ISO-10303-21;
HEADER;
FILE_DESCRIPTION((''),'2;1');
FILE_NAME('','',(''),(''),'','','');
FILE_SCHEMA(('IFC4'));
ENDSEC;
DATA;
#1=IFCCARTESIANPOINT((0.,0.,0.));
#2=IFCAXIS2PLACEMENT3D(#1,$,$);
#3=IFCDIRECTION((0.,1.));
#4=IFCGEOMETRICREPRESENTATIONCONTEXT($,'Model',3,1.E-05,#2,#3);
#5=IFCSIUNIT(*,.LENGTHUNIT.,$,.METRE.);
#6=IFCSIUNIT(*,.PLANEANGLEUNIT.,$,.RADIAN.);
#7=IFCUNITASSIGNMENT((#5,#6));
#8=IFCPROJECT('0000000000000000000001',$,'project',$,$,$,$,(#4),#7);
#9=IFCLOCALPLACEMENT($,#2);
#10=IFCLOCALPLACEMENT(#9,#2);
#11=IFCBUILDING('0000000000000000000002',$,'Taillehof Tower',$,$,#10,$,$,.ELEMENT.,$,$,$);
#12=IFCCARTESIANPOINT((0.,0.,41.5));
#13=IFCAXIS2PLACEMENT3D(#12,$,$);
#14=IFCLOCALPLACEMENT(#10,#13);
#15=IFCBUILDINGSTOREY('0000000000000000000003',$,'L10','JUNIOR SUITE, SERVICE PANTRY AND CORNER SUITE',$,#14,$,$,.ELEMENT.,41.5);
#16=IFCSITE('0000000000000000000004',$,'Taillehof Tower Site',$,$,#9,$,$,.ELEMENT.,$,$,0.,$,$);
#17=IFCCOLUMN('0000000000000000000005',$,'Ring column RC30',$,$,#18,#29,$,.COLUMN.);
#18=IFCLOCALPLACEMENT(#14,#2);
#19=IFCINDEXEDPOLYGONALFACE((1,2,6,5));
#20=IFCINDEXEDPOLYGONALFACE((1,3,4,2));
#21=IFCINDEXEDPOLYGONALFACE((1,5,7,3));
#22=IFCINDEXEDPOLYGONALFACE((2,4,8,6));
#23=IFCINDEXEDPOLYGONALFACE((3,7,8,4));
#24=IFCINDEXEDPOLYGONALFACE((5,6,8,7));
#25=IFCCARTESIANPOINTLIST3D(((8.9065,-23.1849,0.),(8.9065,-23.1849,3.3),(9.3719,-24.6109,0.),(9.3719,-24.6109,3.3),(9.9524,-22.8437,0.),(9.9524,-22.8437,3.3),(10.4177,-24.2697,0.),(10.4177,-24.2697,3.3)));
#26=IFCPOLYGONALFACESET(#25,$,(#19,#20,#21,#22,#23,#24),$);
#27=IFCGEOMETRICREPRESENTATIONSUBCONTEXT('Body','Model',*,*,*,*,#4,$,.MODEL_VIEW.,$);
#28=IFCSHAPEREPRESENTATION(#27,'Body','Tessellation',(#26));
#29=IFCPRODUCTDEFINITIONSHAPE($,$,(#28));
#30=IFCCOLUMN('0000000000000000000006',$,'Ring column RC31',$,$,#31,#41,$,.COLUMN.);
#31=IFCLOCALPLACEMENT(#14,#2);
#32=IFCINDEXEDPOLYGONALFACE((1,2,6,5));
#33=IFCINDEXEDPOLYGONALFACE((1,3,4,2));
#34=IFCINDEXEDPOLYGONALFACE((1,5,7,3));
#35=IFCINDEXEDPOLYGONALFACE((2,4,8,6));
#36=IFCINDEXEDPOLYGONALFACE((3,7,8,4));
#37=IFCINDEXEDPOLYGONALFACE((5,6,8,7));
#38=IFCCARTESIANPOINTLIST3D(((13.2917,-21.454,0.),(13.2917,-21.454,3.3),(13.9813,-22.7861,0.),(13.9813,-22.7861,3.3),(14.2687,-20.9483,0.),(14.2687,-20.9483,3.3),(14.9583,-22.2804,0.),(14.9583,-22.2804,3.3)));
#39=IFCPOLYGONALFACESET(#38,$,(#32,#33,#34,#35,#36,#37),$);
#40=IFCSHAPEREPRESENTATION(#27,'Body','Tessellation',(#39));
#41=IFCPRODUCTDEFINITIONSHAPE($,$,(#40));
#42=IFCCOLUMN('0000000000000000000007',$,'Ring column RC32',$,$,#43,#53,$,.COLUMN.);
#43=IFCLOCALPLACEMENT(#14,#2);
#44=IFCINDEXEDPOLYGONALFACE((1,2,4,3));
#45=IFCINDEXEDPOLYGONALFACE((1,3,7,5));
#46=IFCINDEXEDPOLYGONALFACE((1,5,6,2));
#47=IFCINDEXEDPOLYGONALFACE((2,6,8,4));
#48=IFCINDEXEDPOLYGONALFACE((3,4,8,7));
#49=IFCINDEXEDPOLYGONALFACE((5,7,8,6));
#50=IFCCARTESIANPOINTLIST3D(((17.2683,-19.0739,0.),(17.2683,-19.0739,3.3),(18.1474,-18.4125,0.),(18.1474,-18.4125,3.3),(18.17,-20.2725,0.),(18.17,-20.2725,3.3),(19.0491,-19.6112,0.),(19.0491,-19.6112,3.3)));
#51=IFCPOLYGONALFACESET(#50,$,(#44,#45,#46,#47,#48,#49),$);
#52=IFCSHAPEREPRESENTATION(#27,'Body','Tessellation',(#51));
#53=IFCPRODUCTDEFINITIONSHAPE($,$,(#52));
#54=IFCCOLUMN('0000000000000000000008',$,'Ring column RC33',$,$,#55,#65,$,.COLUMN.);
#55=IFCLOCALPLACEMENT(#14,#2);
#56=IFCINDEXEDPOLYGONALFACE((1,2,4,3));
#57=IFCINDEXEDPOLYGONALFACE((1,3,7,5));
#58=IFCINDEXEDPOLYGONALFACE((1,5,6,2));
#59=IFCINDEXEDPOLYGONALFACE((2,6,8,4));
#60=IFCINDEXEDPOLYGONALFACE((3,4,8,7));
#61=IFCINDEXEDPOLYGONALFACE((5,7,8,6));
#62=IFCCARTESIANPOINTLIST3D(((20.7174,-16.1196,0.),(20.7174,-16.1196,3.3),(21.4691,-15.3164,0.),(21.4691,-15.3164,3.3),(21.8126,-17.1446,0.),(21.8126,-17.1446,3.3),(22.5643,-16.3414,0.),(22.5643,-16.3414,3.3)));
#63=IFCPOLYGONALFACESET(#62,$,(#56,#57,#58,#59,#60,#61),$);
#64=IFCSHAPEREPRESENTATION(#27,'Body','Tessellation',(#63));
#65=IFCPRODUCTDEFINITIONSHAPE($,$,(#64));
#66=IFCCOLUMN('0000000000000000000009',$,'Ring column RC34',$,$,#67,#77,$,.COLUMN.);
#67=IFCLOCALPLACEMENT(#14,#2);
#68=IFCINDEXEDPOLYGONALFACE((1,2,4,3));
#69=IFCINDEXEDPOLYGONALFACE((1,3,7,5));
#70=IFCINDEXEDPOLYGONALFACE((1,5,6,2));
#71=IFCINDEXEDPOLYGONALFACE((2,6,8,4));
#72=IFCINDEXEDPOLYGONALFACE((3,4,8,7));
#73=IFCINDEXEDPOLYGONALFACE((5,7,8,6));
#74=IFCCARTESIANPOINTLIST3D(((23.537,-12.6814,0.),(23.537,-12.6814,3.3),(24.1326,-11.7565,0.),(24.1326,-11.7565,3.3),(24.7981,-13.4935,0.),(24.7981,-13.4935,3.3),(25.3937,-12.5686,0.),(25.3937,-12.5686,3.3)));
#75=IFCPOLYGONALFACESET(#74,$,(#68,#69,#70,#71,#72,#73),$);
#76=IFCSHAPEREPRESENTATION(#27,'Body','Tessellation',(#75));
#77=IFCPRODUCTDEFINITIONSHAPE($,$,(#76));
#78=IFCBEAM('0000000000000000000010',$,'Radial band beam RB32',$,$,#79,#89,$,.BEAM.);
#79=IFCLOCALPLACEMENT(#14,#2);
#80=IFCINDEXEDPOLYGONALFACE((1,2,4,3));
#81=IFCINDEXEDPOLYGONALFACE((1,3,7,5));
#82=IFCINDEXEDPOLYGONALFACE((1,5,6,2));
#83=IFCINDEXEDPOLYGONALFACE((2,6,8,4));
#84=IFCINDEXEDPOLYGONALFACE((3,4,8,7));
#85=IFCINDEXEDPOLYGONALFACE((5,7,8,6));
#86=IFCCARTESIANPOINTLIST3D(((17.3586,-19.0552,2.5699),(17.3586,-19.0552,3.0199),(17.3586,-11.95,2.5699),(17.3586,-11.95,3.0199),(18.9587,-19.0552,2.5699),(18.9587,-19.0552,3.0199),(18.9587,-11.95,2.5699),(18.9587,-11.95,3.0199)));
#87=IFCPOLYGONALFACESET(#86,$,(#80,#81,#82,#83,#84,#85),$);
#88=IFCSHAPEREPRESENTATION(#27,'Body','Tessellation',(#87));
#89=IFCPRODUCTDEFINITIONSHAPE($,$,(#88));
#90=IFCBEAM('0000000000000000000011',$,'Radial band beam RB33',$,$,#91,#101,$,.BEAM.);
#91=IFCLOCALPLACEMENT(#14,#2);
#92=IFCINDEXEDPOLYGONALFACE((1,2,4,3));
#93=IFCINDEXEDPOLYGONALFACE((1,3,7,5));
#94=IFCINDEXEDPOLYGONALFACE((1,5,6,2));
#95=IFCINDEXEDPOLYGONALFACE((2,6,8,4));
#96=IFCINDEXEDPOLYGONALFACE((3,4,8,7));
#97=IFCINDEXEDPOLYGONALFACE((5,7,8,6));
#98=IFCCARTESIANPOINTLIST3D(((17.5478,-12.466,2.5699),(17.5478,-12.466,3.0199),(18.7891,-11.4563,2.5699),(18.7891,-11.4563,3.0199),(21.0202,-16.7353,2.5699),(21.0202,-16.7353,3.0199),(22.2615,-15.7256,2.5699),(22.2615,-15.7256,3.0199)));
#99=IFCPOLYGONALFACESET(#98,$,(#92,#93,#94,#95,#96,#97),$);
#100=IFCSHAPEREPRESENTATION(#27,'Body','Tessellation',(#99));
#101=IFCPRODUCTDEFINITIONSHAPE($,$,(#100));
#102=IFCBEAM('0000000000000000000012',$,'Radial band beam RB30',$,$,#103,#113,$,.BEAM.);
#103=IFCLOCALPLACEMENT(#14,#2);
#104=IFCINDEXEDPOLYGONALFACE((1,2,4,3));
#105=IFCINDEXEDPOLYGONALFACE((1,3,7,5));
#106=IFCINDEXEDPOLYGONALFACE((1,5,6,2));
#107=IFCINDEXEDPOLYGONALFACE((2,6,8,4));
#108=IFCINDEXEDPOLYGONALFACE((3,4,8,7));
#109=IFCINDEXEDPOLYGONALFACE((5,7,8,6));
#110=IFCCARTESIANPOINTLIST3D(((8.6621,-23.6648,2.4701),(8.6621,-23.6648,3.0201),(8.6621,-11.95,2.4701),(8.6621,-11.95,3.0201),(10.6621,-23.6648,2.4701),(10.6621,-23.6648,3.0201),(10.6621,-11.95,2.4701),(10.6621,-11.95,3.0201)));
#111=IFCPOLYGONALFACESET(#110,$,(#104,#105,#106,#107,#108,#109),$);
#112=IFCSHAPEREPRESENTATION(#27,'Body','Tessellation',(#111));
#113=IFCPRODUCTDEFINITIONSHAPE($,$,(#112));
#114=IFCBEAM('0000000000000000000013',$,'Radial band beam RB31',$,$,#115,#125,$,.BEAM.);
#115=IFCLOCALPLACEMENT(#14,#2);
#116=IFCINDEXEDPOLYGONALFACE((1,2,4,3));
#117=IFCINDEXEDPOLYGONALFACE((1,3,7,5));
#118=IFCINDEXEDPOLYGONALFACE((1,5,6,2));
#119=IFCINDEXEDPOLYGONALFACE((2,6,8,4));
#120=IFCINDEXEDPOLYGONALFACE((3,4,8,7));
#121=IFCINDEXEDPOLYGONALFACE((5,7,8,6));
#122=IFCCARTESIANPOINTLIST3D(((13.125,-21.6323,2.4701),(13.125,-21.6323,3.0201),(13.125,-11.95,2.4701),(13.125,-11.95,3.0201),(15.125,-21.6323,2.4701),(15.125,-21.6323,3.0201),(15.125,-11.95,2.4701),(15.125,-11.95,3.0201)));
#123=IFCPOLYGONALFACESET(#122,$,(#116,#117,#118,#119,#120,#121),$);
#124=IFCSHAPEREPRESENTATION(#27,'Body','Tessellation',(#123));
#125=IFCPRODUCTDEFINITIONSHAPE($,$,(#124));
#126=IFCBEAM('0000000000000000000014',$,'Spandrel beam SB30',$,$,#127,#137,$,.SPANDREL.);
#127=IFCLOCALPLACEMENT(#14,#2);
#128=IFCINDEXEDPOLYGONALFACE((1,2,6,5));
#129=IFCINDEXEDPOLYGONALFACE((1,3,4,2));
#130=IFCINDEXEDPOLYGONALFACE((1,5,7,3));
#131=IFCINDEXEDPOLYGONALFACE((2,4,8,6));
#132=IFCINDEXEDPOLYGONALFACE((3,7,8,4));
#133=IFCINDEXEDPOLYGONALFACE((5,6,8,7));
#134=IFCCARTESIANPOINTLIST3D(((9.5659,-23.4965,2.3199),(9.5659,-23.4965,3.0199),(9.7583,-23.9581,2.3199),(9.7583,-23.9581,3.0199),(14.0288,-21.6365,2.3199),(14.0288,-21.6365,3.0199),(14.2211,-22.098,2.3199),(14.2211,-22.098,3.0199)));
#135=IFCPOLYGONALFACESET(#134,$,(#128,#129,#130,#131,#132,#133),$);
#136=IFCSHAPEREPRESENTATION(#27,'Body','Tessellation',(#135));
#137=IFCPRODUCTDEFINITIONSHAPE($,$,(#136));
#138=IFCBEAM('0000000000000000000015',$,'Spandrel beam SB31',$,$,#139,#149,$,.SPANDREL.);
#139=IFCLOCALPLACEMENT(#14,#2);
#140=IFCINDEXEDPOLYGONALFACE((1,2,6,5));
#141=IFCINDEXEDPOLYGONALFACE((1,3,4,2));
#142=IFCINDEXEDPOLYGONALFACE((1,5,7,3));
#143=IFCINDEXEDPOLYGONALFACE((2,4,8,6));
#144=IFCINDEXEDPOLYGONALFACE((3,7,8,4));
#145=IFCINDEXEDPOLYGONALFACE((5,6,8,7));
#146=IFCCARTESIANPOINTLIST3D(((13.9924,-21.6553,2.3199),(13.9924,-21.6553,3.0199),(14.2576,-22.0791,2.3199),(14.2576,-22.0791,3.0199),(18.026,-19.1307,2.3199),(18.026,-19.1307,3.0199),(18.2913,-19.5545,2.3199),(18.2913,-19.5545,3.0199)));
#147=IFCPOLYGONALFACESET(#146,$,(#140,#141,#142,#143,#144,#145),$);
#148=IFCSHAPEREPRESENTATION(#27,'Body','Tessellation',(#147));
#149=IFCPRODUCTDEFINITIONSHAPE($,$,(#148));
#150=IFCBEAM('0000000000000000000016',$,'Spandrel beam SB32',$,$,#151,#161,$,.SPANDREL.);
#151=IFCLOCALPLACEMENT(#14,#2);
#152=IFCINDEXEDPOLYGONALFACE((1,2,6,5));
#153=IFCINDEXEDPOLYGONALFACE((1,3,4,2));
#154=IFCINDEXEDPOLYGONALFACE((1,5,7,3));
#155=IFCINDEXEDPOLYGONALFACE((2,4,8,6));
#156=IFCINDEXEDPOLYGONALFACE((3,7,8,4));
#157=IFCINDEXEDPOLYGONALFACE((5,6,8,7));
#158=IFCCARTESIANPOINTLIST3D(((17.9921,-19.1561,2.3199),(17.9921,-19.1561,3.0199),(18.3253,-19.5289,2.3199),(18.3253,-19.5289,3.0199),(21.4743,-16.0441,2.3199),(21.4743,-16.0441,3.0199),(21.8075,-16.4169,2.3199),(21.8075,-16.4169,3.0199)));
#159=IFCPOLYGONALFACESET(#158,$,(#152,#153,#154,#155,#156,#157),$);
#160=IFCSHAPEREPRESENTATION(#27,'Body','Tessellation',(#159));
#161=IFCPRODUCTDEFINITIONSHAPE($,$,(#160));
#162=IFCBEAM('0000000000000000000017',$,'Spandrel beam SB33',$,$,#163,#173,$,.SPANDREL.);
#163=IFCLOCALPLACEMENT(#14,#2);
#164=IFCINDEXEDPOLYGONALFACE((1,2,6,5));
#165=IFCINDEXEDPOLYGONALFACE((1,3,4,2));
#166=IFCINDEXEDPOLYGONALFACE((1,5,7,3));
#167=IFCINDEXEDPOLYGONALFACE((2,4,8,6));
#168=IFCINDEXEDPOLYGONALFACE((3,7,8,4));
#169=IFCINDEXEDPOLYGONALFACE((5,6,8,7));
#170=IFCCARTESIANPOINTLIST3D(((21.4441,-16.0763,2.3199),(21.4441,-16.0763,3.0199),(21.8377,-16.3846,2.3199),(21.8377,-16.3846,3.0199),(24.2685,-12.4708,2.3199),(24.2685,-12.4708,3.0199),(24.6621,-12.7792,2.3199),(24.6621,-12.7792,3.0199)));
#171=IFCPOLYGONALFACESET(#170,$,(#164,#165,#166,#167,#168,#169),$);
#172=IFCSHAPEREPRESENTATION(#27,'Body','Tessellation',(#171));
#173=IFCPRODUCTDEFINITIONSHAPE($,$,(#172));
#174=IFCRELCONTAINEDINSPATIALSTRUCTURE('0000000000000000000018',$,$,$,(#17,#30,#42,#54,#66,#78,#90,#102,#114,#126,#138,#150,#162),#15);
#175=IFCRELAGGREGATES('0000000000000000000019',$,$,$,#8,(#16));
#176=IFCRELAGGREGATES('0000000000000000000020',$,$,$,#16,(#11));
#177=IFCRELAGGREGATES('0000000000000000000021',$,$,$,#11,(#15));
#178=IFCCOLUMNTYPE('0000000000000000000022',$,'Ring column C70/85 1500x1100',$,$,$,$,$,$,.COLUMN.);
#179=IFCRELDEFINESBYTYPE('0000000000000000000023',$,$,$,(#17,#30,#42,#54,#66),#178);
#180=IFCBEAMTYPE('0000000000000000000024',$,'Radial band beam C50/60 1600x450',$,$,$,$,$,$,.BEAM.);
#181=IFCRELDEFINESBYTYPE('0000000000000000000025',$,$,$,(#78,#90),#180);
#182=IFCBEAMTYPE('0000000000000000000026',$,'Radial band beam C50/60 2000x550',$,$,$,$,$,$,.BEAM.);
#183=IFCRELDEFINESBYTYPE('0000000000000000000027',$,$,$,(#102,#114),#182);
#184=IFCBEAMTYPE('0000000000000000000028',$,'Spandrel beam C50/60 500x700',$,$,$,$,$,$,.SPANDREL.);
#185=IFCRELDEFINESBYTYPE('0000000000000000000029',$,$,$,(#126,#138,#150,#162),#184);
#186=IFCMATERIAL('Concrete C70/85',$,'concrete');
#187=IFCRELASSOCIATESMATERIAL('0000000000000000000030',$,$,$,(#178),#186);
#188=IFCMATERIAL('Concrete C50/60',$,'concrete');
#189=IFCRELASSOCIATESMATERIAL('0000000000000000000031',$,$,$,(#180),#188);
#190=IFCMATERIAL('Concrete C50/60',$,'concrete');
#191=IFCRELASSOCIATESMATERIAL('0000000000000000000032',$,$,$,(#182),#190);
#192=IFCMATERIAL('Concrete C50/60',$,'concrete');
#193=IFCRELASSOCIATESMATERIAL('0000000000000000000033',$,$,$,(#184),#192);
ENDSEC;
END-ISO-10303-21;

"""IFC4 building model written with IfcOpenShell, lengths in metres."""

from ifc_helpers import new_model, si_unit, direction, frame, origin, origin_2d, place, context, subcontext, project, spatial, rectangle, extrude, material, material_profile, profile_set, type_object, element, save


model = new_model("IFC4")

# Units and contexts
model_context = context("Model", 3, precision=1e-05, world=origin(), true_north=direction((0.0, 1.0)))
body_context = subcontext(model_context, "Body", "Model", "MODEL_VIEW")
ifc_project = project(units=[si_unit("LENGTHUNIT", "METRE"), si_unit("PLANEANGLEUNIT", "RADIAN")], contexts=[model_context])

# Site, building, storey
site_placement = place(None, origin())
site = spatial("IfcSite", under=ifc_project, at=site_placement, Name="Taillehof Tower Site", CompositionType="ELEMENT", RefElevation=0.0)
building_placement = place(site_placement, origin())
building = spatial("IfcBuilding", under=site, at=building_placement, Name="Taillehof Tower", CompositionType="ELEMENT")
storey_placement = place(building_placement, frame((0.0, 0.0, 41.5)))
storey = spatial("IfcBuildingStorey", under=building, at=storey_placement, Name="L10", Description="JUNIOR SUITE, SERVICE PANTRY AND CORNER SUITE", CompositionType="ELEMENT", Elevation=41.5)

# Columns
ifc_material_1 = material(Name="Concrete C70/85", Category="concrete")
ifc_material_profile_1 = material_profile(ifc_material_1, rectangle(XDim=1.5, YDim=1.1001, at=origin_2d()), Name="RC 1500x1100")
ifc_profile_set_1 = profile_set([ifc_material_profile_1], Name="Concrete C70/85")
column_type = type_object("IfcColumnType", Name="Ring column C70/85 1500x1100", PredefinedType="COLUMN", material=ifc_profile_set_1)
for number, where, z_axis, x_axis, name in (
    (1, (9.6621, -23.7273, 0.0), (0.0, 0.0, 1.0), (0.310219, -0.950665, 0.0), "Ring column RC30"),
    (2, (14.125, -21.8672, 0.0), (0.0, 0.0, 1.0), (0.459691, -0.888079, 0.0), "Ring column RC31"),
    (3, (18.1587, -19.3425, 0.0), (0.0, 0.0, 1.0), (0.601174, -0.799118, 0.0), "Ring column RC32"),
    (4, (21.6409, -16.2305, 0.0), (0.0, 0.0, 1.0), (0.730113, -0.683326, 0.0), "Ring column RC33"),
    (5, (24.4653, -12.625, 0.0), (0.0, 0.0, 1.0), (0.840754, -0.541418, 0.0), "Ring column RC34"),
):
    element("IfcColumn", number, at=place(storey_placement, frame(where, z_axis=z_axis, x_axis=x_axis)), inside=storey, type_object=column_type, Name=name, PredefinedType="COLUMN", context=body_context, shape_type="SweptSolid", body=[
        extrude(rectangle(XDim=1.5, YDim=1.1001, at=origin_2d()), origin(), (0.0, 0.0, 1.0), 3.3),
    ])

# Beams
ifc_material_2 = material(Name="Concrete C50/60", Category="concrete")
ifc_material_profile_2 = material_profile(ifc_material_2, rectangle(XDim=1.6001, YDim=0.45, at=origin_2d()), Name="RC 1600x450")
ifc_profile_set_2 = profile_set([ifc_material_profile_2], Name="Concrete C50/60")
beam_type_1 = type_object("IfcBeamType", Name="Radial band beam C50/60 1600x450", PredefinedType="BEAM", material=ifc_profile_set_2)
beam_1_placement = place(storey_placement, frame((18.1587, -19.0552, 2.7949), z_axis=(0.0, 1.0, 0.0), x_axis=(-1.0, 0.0, 0.0)))
element("IfcBeam", 6, at=beam_1_placement, inside=storey, type_object=beam_type_1, Name="Radial band beam RB32", PredefinedType="BEAM", context=body_context, shape_type="SweptSolid", body=[
    extrude(rectangle(XDim=1.6001, YDim=0.45, at=origin_2d()), origin(), (0.0, 0.0, 1.0), 7.1052),
])
beam_2_placement = place(storey_placement, frame((21.6409, -16.2305, 2.7949), z_axis=(-0.630988, 0.775792, 0.0), x_axis=(-0.775792, -0.630988, 0.0)))
element("IfcBeam", 7, at=beam_2_placement, inside=storey, type_object=beam_type_1, Name="Radial band beam RB33", PredefinedType="BEAM", context=body_context, shape_type="SweptSolid", body=[
    extrude(rectangle(XDim=1.6001, YDim=0.45, at=origin_2d()), origin(), (0.0, 0.0, 1.0), 5.5032),
])
ifc_material_3 = material(Name="Concrete C50/60", Category="concrete")
ifc_material_profile_3 = material_profile(ifc_material_3, rectangle(XDim=2.0, YDim=0.55, at=origin_2d()), Name="RC 2000x550")
ifc_profile_set_3 = profile_set([ifc_material_profile_3], Name="Concrete C50/60")
beam_type_2 = type_object("IfcBeamType", Name="Radial band beam C50/60 2000x550", PredefinedType="BEAM", material=ifc_profile_set_3)
beam_3_placement = place(storey_placement, frame((9.6621, -23.6648, 2.7451), z_axis=(0.0, 1.0, 0.0), x_axis=(-1.0, 0.0, 0.0)))
element("IfcBeam", 8, at=beam_3_placement, inside=storey, type_object=beam_type_2, Name="Radial band beam RB30", PredefinedType="BEAM", context=body_context, shape_type="SweptSolid", body=[
    extrude(rectangle(XDim=2.0, YDim=0.55, at=origin_2d()), origin(), (0.0, 0.0, 1.0), 11.7148),
])
beam_4_placement = place(storey_placement, frame((14.125, -21.6323, 2.7451), z_axis=(0.0, 1.0, 0.0), x_axis=(-1.0, 0.0, 0.0)))
element("IfcBeam", 9, at=beam_4_placement, inside=storey, type_object=beam_type_2, Name="Radial band beam RB31", PredefinedType="BEAM", context=body_context, shape_type="SweptSolid", body=[
    extrude(rectangle(XDim=2.0, YDim=0.55, at=origin_2d()), origin(), (0.0, 0.0, 1.0), 9.6824),
])
ifc_material_4 = material(Name="Concrete C50/60", Category="concrete")
ifc_material_profile_4 = material_profile(ifc_material_4, rectangle(XDim=0.5, YDim=0.7, at=origin_2d()), Name="RC 500x700")
ifc_profile_set_4 = profile_set([ifc_material_profile_4], Name="Concrete C50/60")
beam_type_3 = type_object("IfcBeamType", Name="Spandrel beam C50/60 500x700", PredefinedType="SPANDREL", material=ifc_profile_set_4)
beam_5_placement = place(storey_placement, frame((9.6621, -23.7273, 2.6699), z_axis=(0.923035, 0.384716, 0.0), x_axis=(-0.384716, 0.923035, 0.0)))
element("IfcBeam", 10, at=beam_5_placement, inside=storey, type_object=beam_type_3, Name="Spandrel beam SB30", PredefinedType="SPANDREL", context=body_context, shape_type="SweptSolid", body=[
    extrude(rectangle(XDim=0.5, YDim=0.7, at=origin_2d()), origin(), (0.0, 0.0, 1.0), 4.835),
])
beam_6_placement = place(storey_placement, frame((14.125, -21.8672, 2.6699), z_axis=(0.847658, 0.530543, 0.0), x_axis=(-0.530543, 0.847658, 0.0)))
element("IfcBeam", 11, at=beam_6_placement, inside=storey, type_object=beam_type_3, Name="Spandrel beam SB31", PredefinedType="SPANDREL", context=body_context, shape_type="SweptSolid", body=[
    extrude(rectangle(XDim=0.5, YDim=0.7, at=origin_2d()), origin(), (0.0, 0.0, 1.0), 4.7585),
])
beam_7_placement = place(storey_placement, frame((18.1587, -19.3425, 2.6699), z_axis=(0.745621, 0.66637, 0.0), x_axis=(-0.66637, 0.745621, 0.0)))
element("IfcBeam", 12, at=beam_7_placement, inside=storey, type_object=beam_type_3, Name="Spandrel beam SB32", PredefinedType="SPANDREL", context=body_context, shape_type="SweptSolid", body=[
    extrude(rectangle(XDim=0.5, YDim=0.7, at=origin_2d()), origin(), (0.0, 0.0, 1.0), 4.6702),
])
beam_8_placement = place(storey_placement, frame((21.6409, -16.2305, 2.6699), z_axis=(0.616686, 0.787209, 0.0), x_axis=(-0.787209, 0.616686, 0.0)))
element("IfcBeam", 13, at=beam_8_placement, inside=storey, type_object=beam_type_3, Name="Spandrel beam SB33", PredefinedType="SPANDREL", context=body_context, shape_type="SweptSolid", body=[
    extrude(rectangle(XDim=0.5, YDim=0.7, at=origin_2d()), origin(), (0.0, 0.0, 1.0), 4.5801),
])

save(model, "model.ifc")
